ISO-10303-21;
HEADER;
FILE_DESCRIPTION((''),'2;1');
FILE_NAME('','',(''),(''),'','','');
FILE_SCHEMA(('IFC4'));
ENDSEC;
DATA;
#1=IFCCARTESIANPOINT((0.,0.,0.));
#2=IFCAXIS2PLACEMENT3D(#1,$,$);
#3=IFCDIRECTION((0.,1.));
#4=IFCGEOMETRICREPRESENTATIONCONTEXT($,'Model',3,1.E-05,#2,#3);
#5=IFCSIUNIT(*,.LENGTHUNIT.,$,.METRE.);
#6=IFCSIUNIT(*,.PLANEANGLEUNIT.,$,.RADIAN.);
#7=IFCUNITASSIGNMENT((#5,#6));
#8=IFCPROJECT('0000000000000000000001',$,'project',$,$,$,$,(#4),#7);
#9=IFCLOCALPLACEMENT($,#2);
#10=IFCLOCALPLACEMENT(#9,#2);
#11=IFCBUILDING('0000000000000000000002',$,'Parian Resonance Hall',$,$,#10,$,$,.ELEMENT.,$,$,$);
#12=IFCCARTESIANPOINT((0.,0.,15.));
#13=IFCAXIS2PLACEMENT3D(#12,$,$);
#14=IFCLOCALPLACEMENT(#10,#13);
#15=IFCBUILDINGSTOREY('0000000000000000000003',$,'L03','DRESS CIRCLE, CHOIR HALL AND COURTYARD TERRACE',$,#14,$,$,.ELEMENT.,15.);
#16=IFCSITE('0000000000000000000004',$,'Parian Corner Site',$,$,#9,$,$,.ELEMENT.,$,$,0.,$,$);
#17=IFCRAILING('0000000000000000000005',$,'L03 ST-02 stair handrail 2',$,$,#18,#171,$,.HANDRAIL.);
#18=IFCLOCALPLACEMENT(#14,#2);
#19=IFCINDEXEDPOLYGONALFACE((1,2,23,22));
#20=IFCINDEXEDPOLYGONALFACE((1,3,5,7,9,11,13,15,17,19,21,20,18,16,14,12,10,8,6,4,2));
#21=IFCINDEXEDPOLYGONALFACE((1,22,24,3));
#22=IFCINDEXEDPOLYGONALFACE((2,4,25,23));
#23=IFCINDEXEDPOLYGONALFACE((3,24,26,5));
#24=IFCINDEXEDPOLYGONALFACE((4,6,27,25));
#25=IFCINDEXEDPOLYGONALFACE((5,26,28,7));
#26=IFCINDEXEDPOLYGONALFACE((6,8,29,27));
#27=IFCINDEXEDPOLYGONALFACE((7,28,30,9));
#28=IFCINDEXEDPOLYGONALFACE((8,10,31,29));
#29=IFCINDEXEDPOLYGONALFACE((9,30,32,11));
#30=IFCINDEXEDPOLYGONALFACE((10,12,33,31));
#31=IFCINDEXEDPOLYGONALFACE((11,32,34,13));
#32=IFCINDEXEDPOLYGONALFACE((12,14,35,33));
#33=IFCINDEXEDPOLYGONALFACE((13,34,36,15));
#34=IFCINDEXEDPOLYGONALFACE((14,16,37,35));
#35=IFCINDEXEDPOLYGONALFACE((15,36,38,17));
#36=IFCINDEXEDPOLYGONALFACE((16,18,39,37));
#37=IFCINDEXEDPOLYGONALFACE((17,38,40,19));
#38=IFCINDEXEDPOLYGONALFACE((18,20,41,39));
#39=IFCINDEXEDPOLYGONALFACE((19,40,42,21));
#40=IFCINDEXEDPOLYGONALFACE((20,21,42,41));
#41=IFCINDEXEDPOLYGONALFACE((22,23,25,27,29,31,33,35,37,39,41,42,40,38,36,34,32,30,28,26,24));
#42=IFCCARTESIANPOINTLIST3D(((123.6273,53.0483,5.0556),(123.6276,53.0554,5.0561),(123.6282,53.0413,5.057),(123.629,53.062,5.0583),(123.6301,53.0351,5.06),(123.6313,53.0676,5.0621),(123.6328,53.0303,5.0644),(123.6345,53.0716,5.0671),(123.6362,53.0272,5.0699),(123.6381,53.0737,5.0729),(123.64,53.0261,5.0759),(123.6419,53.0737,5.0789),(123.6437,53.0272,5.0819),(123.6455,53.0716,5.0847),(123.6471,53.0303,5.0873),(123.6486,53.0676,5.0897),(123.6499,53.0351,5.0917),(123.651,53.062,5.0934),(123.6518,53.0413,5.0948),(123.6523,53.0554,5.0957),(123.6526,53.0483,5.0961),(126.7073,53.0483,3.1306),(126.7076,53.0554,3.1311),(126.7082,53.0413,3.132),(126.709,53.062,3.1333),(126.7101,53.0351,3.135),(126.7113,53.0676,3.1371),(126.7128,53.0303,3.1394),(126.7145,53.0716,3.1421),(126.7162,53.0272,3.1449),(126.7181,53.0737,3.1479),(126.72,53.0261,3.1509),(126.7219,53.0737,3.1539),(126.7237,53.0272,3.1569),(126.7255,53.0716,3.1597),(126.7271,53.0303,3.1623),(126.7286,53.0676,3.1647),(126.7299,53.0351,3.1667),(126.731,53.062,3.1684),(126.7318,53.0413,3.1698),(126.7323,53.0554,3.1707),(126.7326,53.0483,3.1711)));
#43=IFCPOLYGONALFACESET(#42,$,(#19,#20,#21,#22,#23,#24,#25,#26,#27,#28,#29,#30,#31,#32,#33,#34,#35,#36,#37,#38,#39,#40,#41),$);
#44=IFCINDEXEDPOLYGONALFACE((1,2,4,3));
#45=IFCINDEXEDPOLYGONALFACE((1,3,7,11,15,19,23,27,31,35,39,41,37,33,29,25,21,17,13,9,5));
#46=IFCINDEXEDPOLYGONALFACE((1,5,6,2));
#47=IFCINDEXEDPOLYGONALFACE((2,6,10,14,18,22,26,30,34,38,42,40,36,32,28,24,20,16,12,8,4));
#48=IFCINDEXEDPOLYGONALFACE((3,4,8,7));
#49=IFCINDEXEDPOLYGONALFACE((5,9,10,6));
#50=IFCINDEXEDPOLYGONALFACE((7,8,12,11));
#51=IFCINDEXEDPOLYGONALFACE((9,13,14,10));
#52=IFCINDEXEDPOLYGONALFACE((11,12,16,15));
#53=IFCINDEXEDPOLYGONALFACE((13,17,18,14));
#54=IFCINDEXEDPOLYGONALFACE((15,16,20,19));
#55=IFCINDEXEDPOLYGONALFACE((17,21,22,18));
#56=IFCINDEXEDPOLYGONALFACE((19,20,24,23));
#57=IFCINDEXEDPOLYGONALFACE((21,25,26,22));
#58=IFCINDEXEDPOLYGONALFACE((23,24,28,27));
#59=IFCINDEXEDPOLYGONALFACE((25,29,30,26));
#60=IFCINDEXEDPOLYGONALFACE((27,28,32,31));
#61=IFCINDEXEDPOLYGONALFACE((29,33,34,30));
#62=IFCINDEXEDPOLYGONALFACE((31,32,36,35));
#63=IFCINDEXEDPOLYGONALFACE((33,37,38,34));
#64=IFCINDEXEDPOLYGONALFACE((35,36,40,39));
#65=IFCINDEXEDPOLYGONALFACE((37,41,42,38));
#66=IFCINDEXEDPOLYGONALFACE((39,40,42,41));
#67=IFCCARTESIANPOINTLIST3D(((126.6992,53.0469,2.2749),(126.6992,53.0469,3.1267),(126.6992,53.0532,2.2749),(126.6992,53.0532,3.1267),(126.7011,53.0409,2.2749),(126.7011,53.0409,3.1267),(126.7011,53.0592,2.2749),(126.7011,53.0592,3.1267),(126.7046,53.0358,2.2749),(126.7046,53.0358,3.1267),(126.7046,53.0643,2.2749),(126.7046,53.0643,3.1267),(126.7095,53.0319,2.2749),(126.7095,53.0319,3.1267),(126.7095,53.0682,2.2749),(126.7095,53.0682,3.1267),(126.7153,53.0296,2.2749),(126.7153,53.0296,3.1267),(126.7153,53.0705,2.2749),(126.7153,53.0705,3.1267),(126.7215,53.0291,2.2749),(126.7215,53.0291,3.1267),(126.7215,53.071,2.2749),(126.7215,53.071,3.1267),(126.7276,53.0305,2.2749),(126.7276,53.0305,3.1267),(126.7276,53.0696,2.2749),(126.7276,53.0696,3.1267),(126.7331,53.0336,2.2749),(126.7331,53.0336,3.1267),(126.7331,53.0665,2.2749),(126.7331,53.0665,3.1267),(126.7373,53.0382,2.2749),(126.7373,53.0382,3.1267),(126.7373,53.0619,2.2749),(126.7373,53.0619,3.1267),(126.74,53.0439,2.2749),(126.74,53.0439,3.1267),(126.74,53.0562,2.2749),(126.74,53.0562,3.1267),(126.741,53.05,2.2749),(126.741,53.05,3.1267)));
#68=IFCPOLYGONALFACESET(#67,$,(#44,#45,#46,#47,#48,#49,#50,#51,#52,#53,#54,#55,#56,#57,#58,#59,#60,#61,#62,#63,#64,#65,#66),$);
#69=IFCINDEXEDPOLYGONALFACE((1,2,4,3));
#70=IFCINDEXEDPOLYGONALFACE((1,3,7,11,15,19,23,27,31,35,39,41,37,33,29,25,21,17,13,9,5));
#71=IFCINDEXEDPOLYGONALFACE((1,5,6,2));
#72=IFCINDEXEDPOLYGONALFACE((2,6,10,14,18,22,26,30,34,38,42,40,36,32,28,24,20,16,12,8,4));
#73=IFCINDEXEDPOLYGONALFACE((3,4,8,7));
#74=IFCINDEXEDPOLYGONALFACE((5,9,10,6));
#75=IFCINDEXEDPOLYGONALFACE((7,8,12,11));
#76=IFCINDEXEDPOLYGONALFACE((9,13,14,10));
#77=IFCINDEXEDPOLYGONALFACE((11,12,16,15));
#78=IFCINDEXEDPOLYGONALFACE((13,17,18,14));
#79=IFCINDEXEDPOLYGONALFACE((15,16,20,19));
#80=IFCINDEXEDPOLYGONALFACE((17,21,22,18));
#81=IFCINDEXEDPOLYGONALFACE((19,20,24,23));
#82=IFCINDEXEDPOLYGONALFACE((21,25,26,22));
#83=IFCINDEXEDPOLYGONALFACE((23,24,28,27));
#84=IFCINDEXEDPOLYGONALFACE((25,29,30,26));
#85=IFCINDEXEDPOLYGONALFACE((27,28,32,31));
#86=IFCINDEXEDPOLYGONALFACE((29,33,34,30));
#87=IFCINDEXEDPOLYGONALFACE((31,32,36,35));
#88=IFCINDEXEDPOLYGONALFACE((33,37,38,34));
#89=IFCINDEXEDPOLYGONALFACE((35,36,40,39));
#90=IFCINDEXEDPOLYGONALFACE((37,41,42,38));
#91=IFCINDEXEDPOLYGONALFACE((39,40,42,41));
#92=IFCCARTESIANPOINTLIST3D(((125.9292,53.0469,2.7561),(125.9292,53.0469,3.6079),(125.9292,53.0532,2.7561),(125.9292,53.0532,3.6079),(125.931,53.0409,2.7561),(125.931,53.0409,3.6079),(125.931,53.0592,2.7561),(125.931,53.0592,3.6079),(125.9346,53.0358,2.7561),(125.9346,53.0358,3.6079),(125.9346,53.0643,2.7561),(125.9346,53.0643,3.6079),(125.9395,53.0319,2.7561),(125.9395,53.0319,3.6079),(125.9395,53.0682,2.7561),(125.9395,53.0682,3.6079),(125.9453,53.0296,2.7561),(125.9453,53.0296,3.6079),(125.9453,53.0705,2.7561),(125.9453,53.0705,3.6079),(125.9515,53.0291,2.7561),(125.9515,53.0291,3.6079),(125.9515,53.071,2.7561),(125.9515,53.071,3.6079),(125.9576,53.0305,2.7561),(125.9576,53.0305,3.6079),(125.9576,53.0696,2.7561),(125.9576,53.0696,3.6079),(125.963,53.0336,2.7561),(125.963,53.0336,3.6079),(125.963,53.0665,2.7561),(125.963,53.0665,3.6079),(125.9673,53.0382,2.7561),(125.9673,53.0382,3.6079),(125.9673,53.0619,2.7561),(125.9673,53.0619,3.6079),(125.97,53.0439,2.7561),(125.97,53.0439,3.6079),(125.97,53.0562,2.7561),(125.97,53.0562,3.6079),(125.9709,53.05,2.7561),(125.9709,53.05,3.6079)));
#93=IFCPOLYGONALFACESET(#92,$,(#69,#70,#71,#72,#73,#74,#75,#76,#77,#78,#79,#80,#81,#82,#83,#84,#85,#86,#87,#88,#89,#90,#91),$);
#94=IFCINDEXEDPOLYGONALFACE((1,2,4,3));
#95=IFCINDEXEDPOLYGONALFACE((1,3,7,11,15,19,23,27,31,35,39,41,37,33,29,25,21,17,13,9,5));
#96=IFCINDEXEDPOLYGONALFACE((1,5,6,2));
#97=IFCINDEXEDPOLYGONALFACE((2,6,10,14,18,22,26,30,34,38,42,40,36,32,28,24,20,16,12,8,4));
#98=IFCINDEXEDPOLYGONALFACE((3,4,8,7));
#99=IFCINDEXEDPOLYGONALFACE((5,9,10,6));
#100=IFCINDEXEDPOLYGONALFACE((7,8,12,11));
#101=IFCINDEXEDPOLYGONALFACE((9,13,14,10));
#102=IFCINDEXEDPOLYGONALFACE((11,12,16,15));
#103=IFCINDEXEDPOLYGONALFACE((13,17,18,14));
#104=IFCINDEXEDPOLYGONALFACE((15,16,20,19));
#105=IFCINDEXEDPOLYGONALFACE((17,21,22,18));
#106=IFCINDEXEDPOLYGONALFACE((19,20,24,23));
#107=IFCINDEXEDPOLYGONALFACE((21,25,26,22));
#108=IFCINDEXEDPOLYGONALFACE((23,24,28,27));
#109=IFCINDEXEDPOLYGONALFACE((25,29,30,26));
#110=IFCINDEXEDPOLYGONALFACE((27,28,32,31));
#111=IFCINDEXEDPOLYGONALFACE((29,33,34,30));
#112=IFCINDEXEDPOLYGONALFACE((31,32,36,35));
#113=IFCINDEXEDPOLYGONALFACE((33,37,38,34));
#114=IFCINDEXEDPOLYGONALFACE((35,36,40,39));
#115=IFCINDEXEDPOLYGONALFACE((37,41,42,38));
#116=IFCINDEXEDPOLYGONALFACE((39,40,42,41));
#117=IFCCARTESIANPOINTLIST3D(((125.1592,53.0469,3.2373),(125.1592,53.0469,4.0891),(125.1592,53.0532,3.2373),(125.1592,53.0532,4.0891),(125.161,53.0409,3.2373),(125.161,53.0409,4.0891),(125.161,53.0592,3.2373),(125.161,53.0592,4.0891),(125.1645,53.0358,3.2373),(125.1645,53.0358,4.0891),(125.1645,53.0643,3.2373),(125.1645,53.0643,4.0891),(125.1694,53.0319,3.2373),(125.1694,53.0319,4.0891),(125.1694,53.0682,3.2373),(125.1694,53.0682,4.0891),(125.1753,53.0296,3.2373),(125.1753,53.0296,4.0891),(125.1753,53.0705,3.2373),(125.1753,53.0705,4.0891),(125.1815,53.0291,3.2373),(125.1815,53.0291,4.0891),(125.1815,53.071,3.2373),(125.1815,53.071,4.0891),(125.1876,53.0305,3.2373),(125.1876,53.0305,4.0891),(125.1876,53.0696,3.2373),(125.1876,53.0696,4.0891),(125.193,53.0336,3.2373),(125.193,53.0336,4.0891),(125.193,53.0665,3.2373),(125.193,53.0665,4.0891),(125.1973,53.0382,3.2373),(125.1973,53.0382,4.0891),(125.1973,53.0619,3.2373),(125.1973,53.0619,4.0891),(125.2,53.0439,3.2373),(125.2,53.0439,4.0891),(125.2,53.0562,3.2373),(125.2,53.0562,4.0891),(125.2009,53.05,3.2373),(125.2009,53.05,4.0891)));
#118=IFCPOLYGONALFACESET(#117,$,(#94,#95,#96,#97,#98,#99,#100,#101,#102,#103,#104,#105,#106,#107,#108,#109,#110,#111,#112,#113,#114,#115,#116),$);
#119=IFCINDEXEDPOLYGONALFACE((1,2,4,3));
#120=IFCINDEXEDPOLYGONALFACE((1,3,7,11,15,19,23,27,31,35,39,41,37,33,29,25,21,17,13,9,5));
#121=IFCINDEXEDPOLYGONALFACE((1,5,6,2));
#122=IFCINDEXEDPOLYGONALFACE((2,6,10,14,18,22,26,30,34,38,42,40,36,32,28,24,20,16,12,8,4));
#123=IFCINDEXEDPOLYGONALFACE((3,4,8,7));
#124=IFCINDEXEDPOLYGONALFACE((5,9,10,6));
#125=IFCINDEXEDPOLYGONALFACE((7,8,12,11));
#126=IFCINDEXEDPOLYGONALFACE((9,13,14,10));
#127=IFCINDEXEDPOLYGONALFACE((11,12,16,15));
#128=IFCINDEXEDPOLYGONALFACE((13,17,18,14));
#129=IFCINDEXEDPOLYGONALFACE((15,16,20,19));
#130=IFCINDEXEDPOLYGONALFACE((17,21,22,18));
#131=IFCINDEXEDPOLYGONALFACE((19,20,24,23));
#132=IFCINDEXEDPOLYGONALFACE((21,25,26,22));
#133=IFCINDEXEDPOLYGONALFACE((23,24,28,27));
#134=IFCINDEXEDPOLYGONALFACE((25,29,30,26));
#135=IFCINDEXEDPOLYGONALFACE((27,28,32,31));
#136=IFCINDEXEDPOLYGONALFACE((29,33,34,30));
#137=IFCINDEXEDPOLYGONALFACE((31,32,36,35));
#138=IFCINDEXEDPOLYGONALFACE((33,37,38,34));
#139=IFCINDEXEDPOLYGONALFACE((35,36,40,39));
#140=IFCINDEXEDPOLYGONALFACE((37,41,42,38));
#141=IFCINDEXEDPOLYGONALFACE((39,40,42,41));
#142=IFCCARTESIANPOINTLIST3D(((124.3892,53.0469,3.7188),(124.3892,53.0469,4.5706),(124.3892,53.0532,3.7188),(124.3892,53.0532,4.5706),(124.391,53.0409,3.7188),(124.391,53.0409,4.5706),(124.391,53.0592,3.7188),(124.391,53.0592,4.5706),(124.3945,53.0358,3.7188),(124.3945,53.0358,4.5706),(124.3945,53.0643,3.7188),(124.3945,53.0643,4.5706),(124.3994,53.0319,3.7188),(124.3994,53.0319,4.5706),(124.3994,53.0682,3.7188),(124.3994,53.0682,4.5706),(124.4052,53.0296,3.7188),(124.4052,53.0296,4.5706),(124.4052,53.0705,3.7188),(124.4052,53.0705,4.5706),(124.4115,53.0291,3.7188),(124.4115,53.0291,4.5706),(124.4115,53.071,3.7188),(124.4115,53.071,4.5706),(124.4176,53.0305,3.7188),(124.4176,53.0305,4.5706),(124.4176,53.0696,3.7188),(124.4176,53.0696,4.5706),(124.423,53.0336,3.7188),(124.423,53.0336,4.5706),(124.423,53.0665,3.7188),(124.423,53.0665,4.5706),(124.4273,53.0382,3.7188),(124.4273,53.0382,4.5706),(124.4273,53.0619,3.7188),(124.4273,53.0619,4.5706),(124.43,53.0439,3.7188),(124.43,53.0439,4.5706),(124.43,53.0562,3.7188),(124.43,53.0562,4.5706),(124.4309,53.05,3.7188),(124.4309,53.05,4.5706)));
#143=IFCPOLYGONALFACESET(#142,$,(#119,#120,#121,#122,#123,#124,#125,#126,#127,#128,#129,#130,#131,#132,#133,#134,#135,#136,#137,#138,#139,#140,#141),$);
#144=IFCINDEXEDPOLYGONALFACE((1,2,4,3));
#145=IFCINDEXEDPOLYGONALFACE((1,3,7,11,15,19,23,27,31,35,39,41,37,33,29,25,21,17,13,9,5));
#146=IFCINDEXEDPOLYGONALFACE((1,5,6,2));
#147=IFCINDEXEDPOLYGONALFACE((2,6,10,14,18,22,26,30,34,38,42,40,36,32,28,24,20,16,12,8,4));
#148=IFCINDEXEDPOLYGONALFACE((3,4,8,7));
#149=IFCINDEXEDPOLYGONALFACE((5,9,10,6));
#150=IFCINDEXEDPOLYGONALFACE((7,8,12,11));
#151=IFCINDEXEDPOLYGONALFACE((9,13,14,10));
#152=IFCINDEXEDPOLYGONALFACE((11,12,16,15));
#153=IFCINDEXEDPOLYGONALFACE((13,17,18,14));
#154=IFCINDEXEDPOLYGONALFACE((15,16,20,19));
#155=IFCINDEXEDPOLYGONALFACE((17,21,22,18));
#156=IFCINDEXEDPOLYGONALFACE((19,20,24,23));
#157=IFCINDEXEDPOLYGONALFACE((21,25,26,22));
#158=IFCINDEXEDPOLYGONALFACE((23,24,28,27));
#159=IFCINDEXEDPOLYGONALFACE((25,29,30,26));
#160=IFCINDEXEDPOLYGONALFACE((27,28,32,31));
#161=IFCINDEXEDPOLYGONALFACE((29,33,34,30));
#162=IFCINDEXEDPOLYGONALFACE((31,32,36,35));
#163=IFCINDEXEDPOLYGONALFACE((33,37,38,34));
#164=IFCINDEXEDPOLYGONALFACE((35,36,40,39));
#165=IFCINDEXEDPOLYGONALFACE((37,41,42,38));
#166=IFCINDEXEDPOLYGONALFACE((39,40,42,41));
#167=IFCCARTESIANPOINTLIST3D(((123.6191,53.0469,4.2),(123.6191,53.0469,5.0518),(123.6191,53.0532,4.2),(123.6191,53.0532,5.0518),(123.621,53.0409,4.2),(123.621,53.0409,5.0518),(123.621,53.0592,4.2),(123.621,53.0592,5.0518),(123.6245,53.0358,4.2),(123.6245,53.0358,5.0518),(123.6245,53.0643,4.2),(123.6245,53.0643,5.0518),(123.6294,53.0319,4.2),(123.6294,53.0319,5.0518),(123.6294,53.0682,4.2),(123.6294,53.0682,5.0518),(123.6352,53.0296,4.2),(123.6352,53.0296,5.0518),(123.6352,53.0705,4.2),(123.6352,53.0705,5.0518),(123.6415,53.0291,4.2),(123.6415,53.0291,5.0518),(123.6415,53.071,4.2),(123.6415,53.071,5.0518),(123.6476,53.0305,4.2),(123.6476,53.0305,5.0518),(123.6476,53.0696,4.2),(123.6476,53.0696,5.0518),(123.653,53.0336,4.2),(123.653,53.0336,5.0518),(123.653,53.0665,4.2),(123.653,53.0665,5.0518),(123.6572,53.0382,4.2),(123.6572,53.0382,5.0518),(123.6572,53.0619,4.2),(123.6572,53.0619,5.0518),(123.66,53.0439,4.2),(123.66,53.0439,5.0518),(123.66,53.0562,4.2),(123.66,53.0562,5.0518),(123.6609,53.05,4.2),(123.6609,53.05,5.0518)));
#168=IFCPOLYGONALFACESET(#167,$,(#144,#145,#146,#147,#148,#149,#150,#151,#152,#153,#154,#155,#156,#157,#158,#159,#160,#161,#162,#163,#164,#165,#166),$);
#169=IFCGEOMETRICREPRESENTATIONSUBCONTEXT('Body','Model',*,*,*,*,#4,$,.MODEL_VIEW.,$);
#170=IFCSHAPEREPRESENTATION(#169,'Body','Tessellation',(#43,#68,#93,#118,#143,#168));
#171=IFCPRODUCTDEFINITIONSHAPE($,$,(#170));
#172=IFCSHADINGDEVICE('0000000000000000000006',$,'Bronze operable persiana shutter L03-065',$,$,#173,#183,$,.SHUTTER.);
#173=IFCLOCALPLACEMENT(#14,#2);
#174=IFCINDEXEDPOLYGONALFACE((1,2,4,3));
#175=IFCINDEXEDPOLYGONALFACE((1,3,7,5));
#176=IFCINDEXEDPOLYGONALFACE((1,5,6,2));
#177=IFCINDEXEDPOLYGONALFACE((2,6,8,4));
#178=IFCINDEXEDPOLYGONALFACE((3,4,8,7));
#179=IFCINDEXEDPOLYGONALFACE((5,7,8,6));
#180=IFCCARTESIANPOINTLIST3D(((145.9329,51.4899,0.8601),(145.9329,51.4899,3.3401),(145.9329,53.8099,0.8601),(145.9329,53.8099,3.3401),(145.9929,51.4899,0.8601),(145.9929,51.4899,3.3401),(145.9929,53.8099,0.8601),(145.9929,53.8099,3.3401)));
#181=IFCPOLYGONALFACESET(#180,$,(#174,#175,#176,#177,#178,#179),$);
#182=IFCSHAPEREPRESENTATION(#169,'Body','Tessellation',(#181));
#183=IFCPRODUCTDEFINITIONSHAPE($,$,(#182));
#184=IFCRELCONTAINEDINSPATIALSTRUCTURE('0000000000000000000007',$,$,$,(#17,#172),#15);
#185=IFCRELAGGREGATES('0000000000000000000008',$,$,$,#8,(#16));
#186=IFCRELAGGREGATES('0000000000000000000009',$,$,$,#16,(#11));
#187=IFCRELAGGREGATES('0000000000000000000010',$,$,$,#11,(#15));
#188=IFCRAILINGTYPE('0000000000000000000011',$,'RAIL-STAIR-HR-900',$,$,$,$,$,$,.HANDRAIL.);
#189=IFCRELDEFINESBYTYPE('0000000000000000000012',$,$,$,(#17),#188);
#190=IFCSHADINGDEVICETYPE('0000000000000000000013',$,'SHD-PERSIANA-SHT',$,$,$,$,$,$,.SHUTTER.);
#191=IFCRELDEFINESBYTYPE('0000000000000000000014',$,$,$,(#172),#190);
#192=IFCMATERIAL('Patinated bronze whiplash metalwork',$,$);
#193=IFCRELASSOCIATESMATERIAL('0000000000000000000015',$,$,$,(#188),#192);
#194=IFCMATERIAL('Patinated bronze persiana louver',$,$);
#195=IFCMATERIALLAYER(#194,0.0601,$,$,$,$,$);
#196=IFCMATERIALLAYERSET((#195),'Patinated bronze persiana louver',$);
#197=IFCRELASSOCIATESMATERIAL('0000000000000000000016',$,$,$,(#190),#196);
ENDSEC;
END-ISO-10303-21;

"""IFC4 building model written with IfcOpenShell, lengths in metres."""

from ifc_helpers import new_model, si_unit, direction, frame, origin, origin_2d, place, context, subcontext, project, spatial, rectangle, circle, extrude, material, layer, layer_set, type_object, element, save


model = new_model("IFC4")

# Units and contexts
model_context = context("Model", 3, precision=1e-05, world=origin(), true_north=direction((0.0, 1.0)))
body_context = subcontext(model_context, "Body", "Model", "MODEL_VIEW")
ifc_project = project(units=[si_unit("LENGTHUNIT", "METRE"), si_unit("PLANEANGLEUNIT", "RADIAN")], contexts=[model_context])

# Site, building, storey
site_placement = place(None, origin())
site = spatial("IfcSite", under=ifc_project, at=site_placement, Name="Parian Corner Site", CompositionType="ELEMENT", RefElevation=0.0)
building_placement = place(site_placement, origin())
building = spatial("IfcBuilding", under=site, at=building_placement, Name="Parian Resonance Hall", CompositionType="ELEMENT")
storey_placement = place(building_placement, frame((0.0, 0.0, 15.0)))
storey = spatial("IfcBuildingStorey", under=building, at=storey_placement, Name="L03", Description="DRESS CIRCLE, CHOIR HALL AND COURTYARD TERRACE", CompositionType="ELEMENT", Elevation=15.0)

# Railing
ifc_material_1 = material(Name="Patinated bronze whiplash metalwork")
railing_type_1 = type_object("IfcRailingType", Name="RAIL-STAIR-HR-900", PredefinedType="HANDRAIL", material=ifc_material_1)
railing_1_placement = place(storey_placement, frame((126.72, 53.05, 2.2749)))
element("IfcRailing", 1, at=railing_1_placement, inside=storey, type_object=railing_type_1, Name="L03 ST-02 stair handrail 2", PredefinedType="HANDRAIL", context=body_context, shape_type="SweptSolid", body=[
    extrude(circle(Radius=0.0239, at=origin_2d()), frame((0.0, 0.0, 0.876), z_axis=(-0.847998, 0.0, 0.529999), x_axis=(0.0, -1.0, 0.0)), (0.0, 0.0, 1.0), 3.6321),
    extrude(circle(Radius=0.021, at=origin_2d()), origin(), (0.0, 0.0, 1.0), 0.8518),
    extrude(circle(Radius=0.021, at=origin_2d()), frame((-0.77, 0.0, 0.4812)), (0.0, 0.0, 1.0), 0.8518),
    extrude(circle(Radius=0.021, at=origin_2d()), frame((-1.54, 0.0, 0.9624)), (0.0, 0.0, 1.0), 0.8518),
    extrude(circle(Radius=0.021, at=origin_2d()), frame((-2.3101, 0.0, 1.4438)), (0.0, 0.0, 1.0), 0.8518),
    extrude(circle(Radius=0.021, at=origin_2d()), frame((-3.0801, 0.0, 1.925)), (0.0, 0.0, 1.0), 0.8518),
])

# Shading device
ifc_material_2 = material(Name="Patinated bronze persiana louver")
ifc_layer_1 = layer(ifc_material_2, 0.0601)
ifc_layer_set_1 = layer_set([ifc_layer_1], Name="Patinated bronze persiana louver")
shading_device_type = type_object("IfcShadingDeviceType", Name="SHD-PERSIANA-SHT", PredefinedType="SHUTTER", material=ifc_layer_set_1)
shading_device_placement = place(storey_placement, frame((145.9629, 52.6499, 0.8601), z_axis=(0.0, 0.0, 1.0), x_axis=(0.0, -1.0, 0.0)))
element("IfcShadingDevice", 2, at=shading_device_placement, inside=storey, type_object=shading_device_type, Name="Bronze operable persiana shutter L03-065", PredefinedType="SHUTTER", context=body_context, shape_type="SweptSolid", body=[
    extrude(rectangle(XDim=2.3201, YDim=0.0601, at=origin_2d()), origin(), (0.0, 0.0, 1.0), 2.48),
])

save(model, "model.ifc")
